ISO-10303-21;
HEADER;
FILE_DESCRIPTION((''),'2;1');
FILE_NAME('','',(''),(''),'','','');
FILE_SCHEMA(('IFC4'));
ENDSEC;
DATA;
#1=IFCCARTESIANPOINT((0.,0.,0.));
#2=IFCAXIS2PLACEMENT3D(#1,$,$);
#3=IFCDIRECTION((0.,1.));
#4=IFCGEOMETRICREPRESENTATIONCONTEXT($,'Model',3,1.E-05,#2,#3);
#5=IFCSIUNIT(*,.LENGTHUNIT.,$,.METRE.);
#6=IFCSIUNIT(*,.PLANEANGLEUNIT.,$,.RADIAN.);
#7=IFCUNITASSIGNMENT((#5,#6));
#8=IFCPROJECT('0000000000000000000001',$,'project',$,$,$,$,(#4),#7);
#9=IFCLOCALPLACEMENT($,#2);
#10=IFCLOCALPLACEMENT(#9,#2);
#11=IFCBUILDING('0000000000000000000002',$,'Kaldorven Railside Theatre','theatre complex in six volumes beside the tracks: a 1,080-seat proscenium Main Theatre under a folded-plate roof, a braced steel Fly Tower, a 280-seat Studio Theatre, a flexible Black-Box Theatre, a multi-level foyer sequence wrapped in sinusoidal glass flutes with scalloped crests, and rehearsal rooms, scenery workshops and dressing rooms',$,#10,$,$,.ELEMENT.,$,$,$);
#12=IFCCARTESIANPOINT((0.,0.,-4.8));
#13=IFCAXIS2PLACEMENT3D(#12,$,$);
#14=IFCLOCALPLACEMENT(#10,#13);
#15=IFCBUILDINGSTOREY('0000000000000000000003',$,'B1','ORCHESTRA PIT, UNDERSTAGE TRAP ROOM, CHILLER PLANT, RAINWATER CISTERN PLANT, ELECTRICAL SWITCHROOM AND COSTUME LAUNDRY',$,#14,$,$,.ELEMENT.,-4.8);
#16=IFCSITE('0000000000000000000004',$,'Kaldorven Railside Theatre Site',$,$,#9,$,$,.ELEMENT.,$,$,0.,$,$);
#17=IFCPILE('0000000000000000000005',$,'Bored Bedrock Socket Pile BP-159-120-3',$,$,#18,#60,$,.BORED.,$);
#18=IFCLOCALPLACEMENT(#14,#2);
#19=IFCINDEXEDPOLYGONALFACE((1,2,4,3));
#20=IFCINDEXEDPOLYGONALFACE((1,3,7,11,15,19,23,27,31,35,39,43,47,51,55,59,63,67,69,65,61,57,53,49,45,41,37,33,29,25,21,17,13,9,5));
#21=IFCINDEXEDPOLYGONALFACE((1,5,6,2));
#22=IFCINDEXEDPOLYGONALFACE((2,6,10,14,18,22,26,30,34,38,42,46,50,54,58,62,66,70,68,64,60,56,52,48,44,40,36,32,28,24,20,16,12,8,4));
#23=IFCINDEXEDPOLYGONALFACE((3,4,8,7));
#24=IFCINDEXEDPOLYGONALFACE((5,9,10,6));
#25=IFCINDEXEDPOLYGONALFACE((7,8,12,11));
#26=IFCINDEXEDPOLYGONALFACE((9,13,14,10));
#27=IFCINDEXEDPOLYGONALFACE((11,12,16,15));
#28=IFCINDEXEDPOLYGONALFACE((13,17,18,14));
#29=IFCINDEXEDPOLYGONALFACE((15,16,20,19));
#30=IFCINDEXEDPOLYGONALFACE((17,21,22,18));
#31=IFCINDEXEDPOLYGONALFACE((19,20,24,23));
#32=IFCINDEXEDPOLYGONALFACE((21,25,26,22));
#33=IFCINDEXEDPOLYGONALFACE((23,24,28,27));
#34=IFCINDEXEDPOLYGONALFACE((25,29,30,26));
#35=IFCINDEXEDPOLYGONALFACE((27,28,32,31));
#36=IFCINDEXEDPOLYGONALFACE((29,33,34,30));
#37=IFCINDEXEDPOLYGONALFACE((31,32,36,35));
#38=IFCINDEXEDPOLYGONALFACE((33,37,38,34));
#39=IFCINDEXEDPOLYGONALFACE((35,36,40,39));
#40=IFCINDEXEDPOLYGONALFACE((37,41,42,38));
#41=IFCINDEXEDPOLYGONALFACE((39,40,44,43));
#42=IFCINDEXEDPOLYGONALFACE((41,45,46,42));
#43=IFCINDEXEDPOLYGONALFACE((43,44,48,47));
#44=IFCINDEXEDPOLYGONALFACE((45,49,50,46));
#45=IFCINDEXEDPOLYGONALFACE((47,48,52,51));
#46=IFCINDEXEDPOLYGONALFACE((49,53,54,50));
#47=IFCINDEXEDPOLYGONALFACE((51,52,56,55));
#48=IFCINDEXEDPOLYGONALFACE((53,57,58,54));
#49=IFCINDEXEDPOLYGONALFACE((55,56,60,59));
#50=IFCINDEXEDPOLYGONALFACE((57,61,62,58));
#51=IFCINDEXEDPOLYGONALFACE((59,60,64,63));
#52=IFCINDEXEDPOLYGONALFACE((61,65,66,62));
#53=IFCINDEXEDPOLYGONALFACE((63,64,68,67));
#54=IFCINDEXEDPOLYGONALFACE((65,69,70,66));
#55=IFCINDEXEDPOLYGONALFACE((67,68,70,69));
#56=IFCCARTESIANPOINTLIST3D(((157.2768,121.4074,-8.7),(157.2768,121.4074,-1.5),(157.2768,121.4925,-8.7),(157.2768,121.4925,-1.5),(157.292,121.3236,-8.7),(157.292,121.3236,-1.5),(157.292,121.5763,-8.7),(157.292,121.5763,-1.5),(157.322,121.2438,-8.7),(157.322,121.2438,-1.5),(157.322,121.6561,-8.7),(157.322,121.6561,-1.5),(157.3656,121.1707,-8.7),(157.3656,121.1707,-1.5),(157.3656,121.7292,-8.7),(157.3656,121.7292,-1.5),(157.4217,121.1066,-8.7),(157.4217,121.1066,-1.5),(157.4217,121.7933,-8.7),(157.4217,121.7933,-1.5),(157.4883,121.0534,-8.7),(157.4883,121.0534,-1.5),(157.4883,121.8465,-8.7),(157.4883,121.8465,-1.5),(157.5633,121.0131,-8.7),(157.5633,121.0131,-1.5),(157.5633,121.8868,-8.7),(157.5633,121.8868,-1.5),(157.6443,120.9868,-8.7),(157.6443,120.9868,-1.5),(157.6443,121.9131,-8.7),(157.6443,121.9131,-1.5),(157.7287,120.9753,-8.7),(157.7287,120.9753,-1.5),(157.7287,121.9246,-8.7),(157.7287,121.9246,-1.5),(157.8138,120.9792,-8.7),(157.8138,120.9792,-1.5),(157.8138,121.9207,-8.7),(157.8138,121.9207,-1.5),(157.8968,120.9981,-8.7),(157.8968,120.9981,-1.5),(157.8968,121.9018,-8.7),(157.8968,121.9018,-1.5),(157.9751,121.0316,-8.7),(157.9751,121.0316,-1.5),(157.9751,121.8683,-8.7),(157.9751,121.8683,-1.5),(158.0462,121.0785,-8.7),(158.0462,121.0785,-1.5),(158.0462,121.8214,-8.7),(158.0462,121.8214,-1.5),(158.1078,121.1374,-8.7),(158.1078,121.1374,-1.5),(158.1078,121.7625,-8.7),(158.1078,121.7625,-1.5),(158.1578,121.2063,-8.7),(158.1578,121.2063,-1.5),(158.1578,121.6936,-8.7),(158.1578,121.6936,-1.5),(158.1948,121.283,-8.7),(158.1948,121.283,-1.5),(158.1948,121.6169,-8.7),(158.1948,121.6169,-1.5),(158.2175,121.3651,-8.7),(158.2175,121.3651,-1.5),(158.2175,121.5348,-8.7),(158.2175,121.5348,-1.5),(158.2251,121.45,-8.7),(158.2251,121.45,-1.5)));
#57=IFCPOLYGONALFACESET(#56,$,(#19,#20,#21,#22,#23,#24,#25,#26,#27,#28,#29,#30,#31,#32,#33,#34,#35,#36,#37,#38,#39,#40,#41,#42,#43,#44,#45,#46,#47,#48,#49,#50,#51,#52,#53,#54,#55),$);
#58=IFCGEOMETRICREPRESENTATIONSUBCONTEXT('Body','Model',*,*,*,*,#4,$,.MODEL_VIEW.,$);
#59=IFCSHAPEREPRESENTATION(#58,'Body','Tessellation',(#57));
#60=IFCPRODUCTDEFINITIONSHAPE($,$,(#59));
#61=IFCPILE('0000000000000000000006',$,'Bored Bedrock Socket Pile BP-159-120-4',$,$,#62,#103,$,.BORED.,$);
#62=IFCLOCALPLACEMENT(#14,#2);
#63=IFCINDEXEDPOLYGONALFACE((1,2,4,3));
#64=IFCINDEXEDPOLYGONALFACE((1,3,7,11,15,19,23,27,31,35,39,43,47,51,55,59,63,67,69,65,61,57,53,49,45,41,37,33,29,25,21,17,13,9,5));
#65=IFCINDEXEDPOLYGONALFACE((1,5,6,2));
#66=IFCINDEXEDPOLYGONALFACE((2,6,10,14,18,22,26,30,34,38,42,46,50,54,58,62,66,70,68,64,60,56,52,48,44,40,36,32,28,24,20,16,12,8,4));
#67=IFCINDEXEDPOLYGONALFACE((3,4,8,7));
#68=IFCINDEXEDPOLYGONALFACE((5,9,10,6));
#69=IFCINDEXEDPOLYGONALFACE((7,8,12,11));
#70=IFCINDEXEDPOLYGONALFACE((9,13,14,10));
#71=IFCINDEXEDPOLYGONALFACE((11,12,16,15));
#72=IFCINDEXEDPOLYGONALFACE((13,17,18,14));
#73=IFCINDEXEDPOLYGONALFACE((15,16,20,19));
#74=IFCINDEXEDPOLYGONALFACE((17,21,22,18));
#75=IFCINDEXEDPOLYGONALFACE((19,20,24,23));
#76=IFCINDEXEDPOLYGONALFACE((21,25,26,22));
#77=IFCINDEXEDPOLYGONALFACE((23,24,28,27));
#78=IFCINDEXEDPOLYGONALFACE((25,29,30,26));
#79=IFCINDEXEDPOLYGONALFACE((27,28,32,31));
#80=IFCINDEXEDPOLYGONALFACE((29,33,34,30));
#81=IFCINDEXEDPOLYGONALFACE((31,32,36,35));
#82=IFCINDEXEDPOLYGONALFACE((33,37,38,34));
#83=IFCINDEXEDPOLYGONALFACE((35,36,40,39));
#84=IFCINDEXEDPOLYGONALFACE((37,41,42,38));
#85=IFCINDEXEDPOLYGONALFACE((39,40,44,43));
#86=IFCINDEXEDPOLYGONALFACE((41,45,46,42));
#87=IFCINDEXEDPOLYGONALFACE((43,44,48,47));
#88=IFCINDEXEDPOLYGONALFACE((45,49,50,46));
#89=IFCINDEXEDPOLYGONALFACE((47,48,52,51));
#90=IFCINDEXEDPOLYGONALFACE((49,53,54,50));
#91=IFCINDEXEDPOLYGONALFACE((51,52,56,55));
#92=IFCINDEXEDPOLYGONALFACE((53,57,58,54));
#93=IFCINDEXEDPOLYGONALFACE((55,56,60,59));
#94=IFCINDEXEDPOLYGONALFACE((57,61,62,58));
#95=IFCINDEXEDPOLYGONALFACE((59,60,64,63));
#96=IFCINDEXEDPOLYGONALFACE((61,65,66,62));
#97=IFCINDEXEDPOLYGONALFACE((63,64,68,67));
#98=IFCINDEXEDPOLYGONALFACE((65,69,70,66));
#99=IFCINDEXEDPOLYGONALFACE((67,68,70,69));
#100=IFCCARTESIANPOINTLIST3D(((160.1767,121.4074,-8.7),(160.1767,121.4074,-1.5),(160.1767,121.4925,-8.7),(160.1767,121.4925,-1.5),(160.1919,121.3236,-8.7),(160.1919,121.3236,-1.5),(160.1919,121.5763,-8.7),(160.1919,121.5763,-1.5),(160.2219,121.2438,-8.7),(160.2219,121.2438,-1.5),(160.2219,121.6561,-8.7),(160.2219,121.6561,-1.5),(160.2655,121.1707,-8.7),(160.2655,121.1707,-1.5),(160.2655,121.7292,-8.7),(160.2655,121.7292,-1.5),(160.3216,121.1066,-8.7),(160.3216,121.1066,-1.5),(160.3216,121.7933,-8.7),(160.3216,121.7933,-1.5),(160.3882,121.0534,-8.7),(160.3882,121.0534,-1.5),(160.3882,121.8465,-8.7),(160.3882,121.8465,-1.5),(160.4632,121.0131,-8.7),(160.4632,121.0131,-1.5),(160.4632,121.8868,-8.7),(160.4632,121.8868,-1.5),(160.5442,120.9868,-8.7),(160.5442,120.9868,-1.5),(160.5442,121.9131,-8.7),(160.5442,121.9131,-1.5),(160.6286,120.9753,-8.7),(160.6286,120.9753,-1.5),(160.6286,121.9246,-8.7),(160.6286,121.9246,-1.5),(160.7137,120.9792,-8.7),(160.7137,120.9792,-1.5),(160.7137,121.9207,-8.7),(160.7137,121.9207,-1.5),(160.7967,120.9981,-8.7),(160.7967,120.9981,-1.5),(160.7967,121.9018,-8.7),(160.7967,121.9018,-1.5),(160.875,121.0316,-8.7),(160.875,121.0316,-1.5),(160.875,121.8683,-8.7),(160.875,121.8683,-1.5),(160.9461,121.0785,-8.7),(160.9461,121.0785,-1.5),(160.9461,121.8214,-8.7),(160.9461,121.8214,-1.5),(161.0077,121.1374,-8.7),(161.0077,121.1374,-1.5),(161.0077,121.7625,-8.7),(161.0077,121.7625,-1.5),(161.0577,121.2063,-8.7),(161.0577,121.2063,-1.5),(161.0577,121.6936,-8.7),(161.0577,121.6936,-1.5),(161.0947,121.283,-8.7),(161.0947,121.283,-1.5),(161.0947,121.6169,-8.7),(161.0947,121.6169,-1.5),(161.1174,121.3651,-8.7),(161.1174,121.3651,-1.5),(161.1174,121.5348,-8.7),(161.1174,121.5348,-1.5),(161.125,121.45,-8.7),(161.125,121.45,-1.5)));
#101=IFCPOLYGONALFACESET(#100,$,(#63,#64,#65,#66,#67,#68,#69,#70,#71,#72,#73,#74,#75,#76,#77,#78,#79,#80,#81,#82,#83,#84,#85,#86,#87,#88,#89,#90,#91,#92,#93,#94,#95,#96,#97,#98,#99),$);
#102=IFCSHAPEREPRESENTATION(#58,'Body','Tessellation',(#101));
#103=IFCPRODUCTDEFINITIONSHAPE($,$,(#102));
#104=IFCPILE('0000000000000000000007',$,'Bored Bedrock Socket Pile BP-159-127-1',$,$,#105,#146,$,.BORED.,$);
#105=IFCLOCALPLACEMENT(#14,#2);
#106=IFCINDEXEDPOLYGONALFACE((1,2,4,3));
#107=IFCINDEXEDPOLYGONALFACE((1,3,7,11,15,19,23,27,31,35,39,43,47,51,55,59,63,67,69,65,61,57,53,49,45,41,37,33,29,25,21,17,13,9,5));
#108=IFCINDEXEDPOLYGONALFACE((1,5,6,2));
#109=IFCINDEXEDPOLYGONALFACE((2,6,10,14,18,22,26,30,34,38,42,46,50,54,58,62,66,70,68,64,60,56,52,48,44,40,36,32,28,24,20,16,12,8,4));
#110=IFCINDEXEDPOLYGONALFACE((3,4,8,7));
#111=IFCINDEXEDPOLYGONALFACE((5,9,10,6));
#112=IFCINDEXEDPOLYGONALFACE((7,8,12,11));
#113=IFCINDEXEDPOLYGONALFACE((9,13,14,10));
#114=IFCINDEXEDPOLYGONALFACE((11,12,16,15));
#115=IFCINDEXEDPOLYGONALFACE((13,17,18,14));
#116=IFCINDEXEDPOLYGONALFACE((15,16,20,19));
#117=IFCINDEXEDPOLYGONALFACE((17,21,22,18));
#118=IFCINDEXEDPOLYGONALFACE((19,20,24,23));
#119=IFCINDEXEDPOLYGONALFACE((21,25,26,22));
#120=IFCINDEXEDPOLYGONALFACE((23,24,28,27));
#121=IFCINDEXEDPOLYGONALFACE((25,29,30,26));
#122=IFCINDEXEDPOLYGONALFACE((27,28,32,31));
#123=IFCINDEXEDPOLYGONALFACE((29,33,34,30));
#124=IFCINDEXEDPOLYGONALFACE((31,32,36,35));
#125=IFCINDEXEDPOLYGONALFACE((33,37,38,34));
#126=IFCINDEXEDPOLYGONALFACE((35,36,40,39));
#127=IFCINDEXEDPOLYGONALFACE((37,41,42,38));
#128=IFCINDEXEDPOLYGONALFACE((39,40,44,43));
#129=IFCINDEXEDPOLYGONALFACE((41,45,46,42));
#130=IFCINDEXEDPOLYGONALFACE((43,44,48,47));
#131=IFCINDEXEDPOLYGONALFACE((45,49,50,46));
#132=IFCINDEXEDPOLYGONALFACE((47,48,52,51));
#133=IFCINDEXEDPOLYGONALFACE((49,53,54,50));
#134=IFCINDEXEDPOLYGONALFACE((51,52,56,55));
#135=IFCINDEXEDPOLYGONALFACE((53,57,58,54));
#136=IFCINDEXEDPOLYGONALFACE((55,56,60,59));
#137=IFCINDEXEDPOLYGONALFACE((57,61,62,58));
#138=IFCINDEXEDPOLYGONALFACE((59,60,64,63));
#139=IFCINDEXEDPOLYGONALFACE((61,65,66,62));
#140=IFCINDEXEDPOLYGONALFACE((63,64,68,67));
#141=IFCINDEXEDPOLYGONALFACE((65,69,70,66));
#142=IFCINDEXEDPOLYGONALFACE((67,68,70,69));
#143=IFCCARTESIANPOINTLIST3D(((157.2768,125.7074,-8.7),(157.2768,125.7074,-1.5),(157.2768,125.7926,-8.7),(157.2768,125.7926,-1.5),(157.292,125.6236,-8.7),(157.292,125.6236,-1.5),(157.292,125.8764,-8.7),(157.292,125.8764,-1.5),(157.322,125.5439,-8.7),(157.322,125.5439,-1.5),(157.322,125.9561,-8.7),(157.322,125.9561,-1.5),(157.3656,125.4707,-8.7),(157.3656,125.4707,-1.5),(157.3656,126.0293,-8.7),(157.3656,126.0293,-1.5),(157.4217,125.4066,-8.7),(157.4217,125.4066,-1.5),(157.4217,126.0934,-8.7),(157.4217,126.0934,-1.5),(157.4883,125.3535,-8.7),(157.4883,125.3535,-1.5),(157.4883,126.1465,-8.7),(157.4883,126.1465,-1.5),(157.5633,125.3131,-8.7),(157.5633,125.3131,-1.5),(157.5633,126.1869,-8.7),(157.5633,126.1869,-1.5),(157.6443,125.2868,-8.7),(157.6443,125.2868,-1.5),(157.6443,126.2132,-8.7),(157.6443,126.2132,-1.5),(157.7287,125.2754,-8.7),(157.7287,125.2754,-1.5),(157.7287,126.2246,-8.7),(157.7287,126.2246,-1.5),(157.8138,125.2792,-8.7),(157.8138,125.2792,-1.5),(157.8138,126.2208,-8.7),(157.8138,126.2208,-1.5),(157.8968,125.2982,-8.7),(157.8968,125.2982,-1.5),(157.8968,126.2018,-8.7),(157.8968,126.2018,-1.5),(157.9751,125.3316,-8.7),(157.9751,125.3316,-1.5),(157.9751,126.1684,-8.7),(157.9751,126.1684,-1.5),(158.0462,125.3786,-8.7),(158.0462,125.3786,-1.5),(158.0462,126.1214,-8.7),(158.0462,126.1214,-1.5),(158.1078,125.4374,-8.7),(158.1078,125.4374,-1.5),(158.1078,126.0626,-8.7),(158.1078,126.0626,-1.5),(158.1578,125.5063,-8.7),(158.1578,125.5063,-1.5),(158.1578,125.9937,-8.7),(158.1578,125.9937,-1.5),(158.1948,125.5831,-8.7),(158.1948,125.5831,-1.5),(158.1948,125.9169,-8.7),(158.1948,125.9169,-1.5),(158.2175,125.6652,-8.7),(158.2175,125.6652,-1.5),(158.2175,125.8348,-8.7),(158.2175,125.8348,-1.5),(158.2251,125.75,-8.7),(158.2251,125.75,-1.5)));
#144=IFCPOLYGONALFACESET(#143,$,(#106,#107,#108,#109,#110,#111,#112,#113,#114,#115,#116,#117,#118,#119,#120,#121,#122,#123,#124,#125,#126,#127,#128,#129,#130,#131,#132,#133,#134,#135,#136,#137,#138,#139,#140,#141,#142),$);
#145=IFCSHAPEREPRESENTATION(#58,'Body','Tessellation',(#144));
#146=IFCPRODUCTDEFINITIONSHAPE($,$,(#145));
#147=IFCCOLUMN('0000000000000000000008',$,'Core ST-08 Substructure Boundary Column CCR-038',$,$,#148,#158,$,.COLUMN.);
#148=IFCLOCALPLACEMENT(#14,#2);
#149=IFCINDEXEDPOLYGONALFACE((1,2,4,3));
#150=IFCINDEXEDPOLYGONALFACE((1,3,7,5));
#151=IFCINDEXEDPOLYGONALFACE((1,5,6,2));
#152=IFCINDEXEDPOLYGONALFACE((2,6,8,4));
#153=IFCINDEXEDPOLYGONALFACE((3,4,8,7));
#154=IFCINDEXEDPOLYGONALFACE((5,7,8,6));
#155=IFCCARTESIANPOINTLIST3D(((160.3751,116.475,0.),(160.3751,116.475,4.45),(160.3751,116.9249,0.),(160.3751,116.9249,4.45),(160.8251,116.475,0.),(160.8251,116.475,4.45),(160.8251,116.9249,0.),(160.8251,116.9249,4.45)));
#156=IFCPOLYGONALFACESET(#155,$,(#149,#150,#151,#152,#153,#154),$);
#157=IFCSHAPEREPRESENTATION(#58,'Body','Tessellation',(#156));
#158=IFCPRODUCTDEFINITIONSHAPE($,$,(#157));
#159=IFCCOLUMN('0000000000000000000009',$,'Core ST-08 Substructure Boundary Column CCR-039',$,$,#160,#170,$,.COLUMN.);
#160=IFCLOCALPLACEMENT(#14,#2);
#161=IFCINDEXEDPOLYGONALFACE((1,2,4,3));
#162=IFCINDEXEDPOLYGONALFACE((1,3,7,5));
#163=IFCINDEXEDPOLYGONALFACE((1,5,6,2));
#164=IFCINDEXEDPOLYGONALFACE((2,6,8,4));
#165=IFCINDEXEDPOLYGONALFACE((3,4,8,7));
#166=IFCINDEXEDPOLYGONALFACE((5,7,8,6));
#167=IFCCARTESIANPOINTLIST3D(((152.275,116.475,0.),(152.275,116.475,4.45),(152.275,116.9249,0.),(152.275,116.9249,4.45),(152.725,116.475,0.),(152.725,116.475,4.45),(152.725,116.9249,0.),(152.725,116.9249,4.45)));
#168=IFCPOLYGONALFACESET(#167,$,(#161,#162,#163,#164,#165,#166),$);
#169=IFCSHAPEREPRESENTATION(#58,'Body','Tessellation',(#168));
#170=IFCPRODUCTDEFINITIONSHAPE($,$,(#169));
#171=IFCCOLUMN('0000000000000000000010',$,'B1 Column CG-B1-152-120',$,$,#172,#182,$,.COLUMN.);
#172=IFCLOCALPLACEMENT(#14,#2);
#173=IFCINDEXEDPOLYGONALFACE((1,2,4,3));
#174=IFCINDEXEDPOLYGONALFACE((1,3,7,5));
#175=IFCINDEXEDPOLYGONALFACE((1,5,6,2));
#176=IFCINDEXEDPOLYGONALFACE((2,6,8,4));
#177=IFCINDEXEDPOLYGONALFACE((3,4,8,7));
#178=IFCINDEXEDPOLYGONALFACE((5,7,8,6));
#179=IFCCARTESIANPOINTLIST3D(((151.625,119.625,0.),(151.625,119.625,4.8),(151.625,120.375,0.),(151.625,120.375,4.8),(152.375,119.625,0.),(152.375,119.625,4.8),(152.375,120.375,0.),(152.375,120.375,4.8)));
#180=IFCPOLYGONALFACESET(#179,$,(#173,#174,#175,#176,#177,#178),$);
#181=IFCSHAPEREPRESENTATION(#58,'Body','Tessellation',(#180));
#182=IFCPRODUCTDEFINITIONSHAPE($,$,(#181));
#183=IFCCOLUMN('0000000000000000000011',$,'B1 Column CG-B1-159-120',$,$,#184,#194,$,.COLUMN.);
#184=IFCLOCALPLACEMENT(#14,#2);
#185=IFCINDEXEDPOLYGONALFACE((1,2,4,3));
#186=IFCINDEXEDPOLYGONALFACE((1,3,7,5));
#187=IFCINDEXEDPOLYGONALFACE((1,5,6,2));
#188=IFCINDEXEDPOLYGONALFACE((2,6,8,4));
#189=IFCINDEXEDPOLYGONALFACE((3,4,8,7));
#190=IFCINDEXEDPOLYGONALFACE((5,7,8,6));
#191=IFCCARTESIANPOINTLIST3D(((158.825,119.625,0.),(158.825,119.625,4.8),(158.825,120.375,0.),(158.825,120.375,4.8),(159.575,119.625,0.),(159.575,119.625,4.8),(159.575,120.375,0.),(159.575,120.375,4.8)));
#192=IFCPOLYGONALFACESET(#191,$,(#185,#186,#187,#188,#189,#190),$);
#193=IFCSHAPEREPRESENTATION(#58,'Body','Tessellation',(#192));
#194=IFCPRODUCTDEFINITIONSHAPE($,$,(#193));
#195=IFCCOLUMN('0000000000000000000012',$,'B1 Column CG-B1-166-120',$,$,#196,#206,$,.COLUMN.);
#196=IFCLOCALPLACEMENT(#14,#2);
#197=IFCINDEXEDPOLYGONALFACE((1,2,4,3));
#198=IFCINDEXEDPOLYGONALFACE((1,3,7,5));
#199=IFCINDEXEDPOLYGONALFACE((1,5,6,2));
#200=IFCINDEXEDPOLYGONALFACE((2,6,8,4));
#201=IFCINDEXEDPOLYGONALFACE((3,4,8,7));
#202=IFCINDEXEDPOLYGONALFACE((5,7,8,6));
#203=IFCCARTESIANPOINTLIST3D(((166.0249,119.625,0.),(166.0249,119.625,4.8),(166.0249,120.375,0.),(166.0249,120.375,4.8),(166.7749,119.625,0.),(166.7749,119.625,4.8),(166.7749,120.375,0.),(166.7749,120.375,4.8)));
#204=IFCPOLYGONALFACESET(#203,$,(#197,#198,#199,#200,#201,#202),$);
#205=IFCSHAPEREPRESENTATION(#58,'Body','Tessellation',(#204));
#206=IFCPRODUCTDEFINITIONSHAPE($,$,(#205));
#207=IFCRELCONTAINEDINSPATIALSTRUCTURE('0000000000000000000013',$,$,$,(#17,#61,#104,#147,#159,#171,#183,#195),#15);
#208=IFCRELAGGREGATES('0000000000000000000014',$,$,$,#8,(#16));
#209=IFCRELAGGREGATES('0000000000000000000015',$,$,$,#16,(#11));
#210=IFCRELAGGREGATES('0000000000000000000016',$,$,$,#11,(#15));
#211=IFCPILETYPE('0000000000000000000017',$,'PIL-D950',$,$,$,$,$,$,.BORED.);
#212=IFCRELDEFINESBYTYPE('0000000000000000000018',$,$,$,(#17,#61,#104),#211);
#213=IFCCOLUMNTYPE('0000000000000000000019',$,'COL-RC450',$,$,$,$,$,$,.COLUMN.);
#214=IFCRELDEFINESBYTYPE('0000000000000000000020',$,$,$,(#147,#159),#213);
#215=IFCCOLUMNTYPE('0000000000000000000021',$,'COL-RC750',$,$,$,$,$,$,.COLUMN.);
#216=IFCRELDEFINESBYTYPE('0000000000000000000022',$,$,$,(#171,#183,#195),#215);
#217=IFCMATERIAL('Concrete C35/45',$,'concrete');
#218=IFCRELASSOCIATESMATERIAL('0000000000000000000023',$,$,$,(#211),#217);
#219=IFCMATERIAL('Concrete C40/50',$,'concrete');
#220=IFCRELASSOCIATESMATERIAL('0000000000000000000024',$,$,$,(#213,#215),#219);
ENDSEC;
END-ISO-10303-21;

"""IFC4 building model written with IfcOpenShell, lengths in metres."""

from ifc_helpers import new_model, si_unit, direction, frame, origin, origin_2d, place, context, subcontext, project, spatial, rectangle, circle, extrude, material, material_profile, profile_set, type_object, element, save


model = new_model("IFC4")

# Units and contexts
model_context = context("Model", 3, precision=1e-05, world=origin(), true_north=direction((0.0, 1.0)))
body_context = subcontext(model_context, "Body", "Model", "MODEL_VIEW")
ifc_project = project(units=[si_unit("LENGTHUNIT", "METRE"), si_unit("PLANEANGLEUNIT", "RADIAN")], contexts=[model_context])

# Site, building, storey
site_placement = place(None, origin())
site = spatial("IfcSite", under=ifc_project, at=site_placement, Name="Kaldorven Railside Theatre Site", CompositionType="ELEMENT", RefElevation=0.0)
building_placement = place(site_placement, origin())
building = spatial("IfcBuilding", under=site, at=building_placement, Name="Kaldorven Railside Theatre", Description="theatre complex in six volumes beside the tracks: a 1,080-seat proscenium Main Theatre under a folded-plate roof, a braced steel Fly Tower, a 280-seat Studio Theatre, a flexible Black-Box Theatre, a multi-level foyer sequence wrapped in sinusoidal glass flutes with scalloped crests, and rehearsal rooms, scenery workshops and dressing rooms", CompositionType="ELEMENT")
storey_placement = place(building_placement, frame((0.0, 0.0, -4.8)))
storey = spatial("IfcBuildingStorey", under=building, at=storey_placement, Name="B1", Description="ORCHESTRA PIT, UNDERSTAGE TRAP ROOM, CHILLER PLANT, RAINWATER CISTERN PLANT, ELECTRICAL SWITCHROOM AND COSTUME LAUNDRY", CompositionType="ELEMENT", Elevation=-4.8)

# Shared definitions
ifc_material_1 = material(Name="Concrete C40/50", Category="concrete")

# Piles
ifc_material_2 = material(Name="Concrete C35/45", Category="concrete")
ifc_material_profile_1 = material_profile(ifc_material_2, circle(Radius=0.4751, at=origin_2d()), Name="BP D950")
ifc_profile_set_1 = profile_set([ifc_material_profile_1], Name="Concrete C35/45")
pile_type_1 = type_object("IfcPileType", Name="PIL-D950", PredefinedType="BORED", material=ifc_profile_set_1)
for number, where, z_axis, x_axis, name in (
    (1, (157.75, 121.45, -1.5), (0.0, 0.0, -1.0), (1.0, 0.0, 0.0), "Bored Bedrock Socket Pile BP-159-120-3"),
    (2, (160.6499, 121.45, -1.5), (0.0, 0.0, -1.0), (1.0, 0.0, 0.0), "Bored Bedrock Socket Pile BP-159-120-4"),
    (3, (157.75, 125.75, -1.5), (0.0, 0.0, -1.0), (1.0, 0.0, 0.0), "Bored Bedrock Socket Pile BP-159-127-1"),
):
    element("IfcPile", number, at=place(storey_placement, frame(where, z_axis=z_axis, x_axis=x_axis)), inside=storey, type_object=pile_type_1, Name=name, PredefinedType="BORED", context=body_context, shape_type="SweptSolid", body=[
        extrude(circle(Radius=0.4751, at=origin_2d()), origin(), (0.0, 0.0, 1.0), 7.2),
    ])

# Columns
ifc_material_profile_2 = material_profile(ifc_material_1, rectangle(XDim=0.45, YDim=0.45, at=origin_2d()), Name="RC 450x450")
ifc_profile_set_2 = profile_set([ifc_material_profile_2], Name="Concrete C40/50")
column_type_1 = type_object("IfcColumnType", Name="COL-RC450", PredefinedType="COLUMN", material=ifc_profile_set_2)
for number, where, z_axis, x_axis, name in (
    (4, (160.6001, 116.7, 0.0), (0.0, 0.0, 1.0), (1.0, 0.0, 0.0), "Core ST-08 Substructure Boundary Column CCR-038"),
    (5, (152.5, 116.7, 0.0), (0.0, 0.0, 1.0), (1.0, 0.0, 0.0), "Core ST-08 Substructure Boundary Column CCR-039"),
):
    element("IfcColumn", number, at=place(storey_placement, frame(where, z_axis=z_axis, x_axis=x_axis)), inside=storey, type_object=column_type_1, Name=name, PredefinedType="COLUMN", context=body_context, shape_type="SweptSolid", body=[
        extrude(rectangle(XDim=0.45, YDim=0.45, at=origin_2d()), origin(), (0.0, 0.0, 1.0), 4.45),
    ])
ifc_material_profile_3 = material_profile(ifc_material_1, rectangle(XDim=0.75, YDim=0.75, at=origin_2d()), Name="RC 750x750")
ifc_profile_set_3 = profile_set([ifc_material_profile_3], Name="Concrete C40/50")
column_type_2 = type_object("IfcColumnType", Name="COL-RC750", PredefinedType="COLUMN", material=ifc_profile_set_3)
for number, where, z_axis, x_axis, name in (
    (6, (152.0, 120.0, 0.0), (0.0, 0.0, 1.0), (1.0, 0.0, 0.0), "B1 Column CG-B1-152-120"),
    (7, (159.2, 120.0, 0.0), (0.0, 0.0, 1.0), (0.0, 1.0, 0.0), "B1 Column CG-B1-159-120"),
    (8, (166.3999, 120.0, 0.0), (0.0, 0.0, 1.0), (1.0, 0.0, 0.0), "B1 Column CG-B1-166-120"),
):
    element("IfcColumn", number, at=place(storey_placement, frame(where, z_axis=z_axis, x_axis=x_axis)), inside=storey, type_object=column_type_2, Name=name, PredefinedType="COLUMN", context=body_context, shape_type="SweptSolid", body=[
        extrude(rectangle(XDim=0.75, YDim=0.75, at=origin_2d()), origin(), (0.0, 0.0, 1.0), 4.8),
    ])

save(model, "model.ifc")
